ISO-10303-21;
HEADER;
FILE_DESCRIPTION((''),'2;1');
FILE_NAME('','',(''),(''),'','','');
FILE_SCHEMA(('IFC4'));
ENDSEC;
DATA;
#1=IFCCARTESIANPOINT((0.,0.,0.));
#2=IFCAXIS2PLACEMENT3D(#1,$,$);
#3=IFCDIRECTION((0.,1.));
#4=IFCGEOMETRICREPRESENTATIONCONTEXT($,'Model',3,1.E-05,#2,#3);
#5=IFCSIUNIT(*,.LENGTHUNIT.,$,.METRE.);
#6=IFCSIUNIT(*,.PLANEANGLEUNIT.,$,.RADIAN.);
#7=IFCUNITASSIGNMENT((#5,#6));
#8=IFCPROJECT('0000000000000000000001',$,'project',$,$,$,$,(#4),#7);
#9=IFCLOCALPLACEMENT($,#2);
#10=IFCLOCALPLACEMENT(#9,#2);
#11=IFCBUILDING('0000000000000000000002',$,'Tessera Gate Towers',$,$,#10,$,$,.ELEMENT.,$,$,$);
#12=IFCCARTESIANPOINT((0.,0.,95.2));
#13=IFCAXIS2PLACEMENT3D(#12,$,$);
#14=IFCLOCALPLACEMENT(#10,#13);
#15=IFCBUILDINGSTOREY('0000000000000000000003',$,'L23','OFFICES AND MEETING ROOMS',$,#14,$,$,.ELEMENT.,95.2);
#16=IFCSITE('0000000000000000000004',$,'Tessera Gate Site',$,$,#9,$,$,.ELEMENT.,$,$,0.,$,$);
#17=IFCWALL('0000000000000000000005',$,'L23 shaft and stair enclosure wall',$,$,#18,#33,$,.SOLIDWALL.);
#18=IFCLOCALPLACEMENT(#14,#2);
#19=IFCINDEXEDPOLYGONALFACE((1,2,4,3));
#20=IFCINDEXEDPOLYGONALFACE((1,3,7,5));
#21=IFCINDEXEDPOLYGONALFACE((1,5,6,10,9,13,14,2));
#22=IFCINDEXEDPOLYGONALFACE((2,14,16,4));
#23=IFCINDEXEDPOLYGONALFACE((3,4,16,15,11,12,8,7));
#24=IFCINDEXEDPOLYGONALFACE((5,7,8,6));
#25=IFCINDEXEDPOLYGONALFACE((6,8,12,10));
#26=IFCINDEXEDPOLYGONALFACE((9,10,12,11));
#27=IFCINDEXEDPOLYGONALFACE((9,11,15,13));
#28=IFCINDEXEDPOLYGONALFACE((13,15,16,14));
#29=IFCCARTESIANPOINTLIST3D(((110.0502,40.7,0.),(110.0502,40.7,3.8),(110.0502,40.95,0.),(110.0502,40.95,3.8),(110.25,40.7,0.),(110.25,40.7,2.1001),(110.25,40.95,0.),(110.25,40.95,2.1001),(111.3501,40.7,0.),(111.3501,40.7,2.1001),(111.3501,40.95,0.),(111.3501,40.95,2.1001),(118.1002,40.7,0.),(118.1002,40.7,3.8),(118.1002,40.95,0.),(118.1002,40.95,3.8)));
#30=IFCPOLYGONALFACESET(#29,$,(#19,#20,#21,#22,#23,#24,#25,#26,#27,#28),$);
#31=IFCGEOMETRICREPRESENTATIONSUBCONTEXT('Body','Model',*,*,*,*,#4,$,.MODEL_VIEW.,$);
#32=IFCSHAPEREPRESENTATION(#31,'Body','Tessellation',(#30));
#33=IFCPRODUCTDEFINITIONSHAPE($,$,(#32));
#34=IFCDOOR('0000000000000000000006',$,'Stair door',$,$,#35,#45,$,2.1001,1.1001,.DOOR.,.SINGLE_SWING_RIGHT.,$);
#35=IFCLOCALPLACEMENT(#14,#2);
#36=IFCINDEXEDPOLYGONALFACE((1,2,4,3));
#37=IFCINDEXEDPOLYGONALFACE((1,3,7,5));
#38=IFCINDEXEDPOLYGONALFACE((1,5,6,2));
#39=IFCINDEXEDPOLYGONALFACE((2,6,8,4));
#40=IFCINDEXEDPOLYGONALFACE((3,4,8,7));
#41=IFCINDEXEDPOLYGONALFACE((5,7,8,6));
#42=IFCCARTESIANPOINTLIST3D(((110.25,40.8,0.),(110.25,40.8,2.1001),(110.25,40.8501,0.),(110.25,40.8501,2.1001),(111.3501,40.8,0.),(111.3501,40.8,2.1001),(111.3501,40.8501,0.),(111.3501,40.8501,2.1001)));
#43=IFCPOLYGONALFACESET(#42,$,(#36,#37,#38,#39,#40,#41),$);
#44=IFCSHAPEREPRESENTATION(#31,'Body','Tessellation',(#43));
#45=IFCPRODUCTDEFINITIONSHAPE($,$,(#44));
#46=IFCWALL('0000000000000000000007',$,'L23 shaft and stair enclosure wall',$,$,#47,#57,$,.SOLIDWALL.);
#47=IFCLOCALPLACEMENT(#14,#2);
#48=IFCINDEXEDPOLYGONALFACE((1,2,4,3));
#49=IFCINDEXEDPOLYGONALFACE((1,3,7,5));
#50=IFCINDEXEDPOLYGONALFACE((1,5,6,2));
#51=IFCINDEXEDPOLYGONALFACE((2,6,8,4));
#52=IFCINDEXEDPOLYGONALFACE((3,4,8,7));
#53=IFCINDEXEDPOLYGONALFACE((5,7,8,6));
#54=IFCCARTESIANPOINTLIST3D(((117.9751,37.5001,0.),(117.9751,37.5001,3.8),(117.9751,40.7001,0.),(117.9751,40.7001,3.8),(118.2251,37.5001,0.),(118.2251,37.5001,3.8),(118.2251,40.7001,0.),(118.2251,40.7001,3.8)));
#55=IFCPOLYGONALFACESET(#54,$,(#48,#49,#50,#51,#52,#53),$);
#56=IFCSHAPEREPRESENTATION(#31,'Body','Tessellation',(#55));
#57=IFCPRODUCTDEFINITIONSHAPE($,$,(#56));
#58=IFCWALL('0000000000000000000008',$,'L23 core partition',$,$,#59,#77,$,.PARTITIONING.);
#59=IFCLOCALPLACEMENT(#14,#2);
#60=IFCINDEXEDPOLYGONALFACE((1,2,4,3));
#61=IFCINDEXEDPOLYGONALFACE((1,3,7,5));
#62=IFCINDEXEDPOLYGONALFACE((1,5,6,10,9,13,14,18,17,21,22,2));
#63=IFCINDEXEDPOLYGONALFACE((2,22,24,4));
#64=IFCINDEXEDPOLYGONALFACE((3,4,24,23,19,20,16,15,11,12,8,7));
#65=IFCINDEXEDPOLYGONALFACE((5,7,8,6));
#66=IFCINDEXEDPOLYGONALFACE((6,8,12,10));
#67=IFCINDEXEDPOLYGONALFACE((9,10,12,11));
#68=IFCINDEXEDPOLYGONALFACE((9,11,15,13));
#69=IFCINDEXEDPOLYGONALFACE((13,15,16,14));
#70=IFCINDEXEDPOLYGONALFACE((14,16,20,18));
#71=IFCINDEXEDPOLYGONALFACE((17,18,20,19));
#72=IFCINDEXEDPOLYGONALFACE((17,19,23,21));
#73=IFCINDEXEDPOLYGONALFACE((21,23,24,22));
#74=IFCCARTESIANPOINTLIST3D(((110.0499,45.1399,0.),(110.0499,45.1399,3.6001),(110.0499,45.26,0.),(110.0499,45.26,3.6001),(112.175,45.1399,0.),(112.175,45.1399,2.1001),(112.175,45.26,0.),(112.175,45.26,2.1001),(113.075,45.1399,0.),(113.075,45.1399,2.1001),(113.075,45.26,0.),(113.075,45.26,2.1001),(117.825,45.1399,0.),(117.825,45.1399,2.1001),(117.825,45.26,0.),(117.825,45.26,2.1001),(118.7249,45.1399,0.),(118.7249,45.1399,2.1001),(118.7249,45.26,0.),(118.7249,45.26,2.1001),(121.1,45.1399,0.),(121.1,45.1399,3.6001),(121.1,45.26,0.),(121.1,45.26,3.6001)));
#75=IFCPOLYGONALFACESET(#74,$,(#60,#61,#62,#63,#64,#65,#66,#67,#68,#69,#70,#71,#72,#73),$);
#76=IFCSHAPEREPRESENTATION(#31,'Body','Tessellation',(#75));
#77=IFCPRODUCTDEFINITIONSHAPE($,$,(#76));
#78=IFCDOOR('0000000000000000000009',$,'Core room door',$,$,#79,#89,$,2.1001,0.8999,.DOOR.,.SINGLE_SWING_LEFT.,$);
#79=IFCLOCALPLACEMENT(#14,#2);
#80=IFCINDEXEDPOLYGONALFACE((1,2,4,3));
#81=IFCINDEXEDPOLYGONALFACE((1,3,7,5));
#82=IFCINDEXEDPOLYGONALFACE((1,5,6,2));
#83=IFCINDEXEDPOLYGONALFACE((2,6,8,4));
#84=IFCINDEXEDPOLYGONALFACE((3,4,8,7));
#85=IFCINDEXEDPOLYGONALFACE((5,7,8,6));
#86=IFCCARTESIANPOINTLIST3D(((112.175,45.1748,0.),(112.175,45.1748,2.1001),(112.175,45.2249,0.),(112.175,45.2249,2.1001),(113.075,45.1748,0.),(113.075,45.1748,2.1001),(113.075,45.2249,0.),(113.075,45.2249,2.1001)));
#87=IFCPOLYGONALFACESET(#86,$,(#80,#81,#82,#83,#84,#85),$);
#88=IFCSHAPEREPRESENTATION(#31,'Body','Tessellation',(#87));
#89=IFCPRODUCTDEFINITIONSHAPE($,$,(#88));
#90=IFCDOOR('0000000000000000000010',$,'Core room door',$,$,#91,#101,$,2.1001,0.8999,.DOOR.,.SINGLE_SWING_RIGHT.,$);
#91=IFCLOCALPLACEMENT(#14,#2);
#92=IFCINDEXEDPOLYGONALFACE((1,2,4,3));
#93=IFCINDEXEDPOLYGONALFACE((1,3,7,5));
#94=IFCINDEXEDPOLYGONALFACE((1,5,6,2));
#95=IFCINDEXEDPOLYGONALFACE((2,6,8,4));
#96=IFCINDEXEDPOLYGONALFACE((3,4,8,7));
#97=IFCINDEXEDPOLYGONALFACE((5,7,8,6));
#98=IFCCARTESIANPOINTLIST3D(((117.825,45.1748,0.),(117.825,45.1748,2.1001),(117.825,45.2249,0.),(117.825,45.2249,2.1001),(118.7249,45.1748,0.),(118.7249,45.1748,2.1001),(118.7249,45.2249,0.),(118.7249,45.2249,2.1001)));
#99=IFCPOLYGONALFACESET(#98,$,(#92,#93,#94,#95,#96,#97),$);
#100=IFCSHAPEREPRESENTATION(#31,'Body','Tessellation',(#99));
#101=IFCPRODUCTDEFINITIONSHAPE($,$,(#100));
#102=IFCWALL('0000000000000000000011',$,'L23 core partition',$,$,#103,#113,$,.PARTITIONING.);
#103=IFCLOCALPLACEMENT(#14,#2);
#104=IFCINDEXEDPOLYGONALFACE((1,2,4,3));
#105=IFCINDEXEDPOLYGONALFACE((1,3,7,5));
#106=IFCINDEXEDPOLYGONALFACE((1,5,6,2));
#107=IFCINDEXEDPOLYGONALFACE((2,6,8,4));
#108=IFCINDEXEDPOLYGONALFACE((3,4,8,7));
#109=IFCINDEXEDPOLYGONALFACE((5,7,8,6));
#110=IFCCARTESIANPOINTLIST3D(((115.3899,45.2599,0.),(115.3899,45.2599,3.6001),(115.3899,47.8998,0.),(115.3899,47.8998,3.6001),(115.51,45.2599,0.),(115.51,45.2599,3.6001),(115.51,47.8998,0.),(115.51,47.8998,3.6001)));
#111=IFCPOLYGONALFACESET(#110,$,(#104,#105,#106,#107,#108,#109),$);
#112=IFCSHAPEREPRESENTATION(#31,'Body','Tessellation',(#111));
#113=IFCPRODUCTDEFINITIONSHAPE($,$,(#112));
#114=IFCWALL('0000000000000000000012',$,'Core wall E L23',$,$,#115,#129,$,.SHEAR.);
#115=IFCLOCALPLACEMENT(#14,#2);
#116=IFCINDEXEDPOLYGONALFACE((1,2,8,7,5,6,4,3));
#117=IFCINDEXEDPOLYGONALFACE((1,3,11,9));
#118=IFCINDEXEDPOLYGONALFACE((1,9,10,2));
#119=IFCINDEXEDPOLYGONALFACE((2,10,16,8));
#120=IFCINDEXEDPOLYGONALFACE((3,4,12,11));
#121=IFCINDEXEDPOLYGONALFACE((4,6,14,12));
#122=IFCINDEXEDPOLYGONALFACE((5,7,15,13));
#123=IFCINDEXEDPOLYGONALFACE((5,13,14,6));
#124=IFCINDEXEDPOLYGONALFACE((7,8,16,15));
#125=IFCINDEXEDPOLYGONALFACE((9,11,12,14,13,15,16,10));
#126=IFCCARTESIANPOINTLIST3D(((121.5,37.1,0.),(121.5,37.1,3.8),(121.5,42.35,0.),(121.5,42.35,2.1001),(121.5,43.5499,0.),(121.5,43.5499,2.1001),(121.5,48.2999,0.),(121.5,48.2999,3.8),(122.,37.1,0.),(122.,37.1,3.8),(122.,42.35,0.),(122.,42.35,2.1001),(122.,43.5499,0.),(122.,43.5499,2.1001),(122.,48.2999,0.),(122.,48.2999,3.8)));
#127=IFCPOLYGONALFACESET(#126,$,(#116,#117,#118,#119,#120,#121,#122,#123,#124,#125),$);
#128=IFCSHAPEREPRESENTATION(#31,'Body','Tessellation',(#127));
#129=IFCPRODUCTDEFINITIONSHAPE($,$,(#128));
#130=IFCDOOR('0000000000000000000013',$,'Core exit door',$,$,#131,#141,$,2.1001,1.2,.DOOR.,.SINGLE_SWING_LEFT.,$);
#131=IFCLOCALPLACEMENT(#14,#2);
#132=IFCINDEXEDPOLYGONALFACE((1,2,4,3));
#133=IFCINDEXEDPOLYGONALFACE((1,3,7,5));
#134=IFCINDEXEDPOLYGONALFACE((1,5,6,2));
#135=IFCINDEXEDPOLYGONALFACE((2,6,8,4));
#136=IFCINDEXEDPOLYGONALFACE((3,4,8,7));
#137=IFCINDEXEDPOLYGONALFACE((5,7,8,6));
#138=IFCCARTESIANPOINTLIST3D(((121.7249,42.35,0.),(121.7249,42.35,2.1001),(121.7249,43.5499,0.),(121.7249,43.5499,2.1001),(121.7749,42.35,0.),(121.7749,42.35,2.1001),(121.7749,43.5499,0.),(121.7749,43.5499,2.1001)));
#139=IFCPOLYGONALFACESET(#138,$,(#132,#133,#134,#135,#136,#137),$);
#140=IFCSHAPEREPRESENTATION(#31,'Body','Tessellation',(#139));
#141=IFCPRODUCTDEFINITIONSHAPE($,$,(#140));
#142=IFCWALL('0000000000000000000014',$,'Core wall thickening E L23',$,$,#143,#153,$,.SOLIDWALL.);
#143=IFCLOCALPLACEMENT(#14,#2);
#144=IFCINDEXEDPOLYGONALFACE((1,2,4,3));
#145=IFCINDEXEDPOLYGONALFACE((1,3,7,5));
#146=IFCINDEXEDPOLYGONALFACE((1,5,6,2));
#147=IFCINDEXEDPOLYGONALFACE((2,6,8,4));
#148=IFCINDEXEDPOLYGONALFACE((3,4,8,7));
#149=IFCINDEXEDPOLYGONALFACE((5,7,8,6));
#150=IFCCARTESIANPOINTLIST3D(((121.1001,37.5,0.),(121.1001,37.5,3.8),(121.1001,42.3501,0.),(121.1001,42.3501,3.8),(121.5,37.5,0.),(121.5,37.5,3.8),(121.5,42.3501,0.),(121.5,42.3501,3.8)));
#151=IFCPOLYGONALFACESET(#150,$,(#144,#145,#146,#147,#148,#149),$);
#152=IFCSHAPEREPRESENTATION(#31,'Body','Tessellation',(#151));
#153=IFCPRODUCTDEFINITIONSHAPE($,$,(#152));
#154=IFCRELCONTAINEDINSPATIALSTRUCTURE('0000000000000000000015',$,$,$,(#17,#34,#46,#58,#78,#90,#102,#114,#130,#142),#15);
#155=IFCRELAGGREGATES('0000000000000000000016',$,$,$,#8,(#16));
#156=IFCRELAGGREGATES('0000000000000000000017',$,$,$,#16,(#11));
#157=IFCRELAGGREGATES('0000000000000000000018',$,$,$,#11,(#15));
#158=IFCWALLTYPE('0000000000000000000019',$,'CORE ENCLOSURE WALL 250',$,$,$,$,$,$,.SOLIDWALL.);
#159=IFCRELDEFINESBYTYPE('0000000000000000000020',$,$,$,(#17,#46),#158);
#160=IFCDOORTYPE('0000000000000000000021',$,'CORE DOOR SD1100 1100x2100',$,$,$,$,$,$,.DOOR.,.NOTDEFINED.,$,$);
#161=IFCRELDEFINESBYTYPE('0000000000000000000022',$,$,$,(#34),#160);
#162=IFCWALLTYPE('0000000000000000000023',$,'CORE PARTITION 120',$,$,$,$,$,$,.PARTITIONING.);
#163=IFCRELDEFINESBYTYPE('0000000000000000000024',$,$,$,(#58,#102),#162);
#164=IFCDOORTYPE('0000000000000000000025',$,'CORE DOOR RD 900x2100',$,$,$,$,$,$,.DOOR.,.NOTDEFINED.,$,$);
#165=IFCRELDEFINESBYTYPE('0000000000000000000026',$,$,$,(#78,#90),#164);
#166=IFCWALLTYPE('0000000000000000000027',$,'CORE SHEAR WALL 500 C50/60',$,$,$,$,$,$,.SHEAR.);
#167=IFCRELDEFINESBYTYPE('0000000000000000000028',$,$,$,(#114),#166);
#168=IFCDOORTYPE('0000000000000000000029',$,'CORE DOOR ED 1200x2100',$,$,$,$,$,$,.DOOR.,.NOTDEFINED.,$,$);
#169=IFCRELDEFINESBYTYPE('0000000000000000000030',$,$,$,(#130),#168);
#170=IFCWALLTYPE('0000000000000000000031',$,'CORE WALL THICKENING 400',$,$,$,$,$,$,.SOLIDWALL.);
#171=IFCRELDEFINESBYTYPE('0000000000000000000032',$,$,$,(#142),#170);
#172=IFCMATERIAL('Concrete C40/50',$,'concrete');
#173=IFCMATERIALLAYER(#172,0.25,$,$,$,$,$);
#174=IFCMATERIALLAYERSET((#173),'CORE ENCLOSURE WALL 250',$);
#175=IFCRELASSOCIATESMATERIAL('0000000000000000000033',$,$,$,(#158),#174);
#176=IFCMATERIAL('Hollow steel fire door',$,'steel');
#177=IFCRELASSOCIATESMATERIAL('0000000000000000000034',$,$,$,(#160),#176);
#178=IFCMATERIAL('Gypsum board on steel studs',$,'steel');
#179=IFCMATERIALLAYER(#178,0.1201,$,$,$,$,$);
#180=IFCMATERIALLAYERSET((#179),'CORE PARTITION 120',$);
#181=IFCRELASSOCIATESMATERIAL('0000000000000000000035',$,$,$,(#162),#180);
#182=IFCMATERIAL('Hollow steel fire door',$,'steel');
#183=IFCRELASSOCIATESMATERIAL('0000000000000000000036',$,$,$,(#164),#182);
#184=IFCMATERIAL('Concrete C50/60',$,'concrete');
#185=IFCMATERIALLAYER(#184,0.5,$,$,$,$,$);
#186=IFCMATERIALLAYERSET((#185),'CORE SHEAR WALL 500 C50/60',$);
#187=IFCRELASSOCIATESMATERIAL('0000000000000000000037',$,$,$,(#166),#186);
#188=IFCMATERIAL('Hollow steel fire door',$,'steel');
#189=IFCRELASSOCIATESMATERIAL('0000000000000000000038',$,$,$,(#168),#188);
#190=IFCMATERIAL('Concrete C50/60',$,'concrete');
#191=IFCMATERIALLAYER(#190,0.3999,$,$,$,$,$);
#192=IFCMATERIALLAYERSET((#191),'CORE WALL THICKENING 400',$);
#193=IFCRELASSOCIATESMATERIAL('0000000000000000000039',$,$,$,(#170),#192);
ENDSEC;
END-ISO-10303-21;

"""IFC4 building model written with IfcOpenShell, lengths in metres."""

from ifc_helpers import new_model, si_unit, direction, frame, frame_2d, origin, place, context, subcontext, project, spatial, rectangle, extrude, source, transform, mapped, material, layer, layer_set, type_object, element, fill, save


model = new_model("IFC4")

# Units and contexts
model_context = context("Model", 3, precision=1e-05, world=origin(), true_north=direction((0.0, 1.0)))
body_context = subcontext(model_context, "Body", "Model", "MODEL_VIEW")
ifc_project = project(units=[si_unit("LENGTHUNIT", "METRE"), si_unit("PLANEANGLEUNIT", "RADIAN")], contexts=[model_context])

# Site, building, storey
site_placement = place(None, origin())
site = spatial("IfcSite", under=ifc_project, at=site_placement, Name="Tessera Gate Site", CompositionType="ELEMENT", RefElevation=0.0)
building_placement = place(site_placement, origin())
building = spatial("IfcBuilding", under=site, at=building_placement, Name="Tessera Gate Towers", CompositionType="ELEMENT")
storey_placement = place(building_placement, frame((0.0, 0.0, 95.2)))
storey = spatial("IfcBuildingStorey", under=building, at=storey_placement, Name="L23", Description="OFFICES AND MEETING ROOMS", CompositionType="ELEMENT", Elevation=95.2)

# Wall, opening, door
ifc_material_1 = material(Name="Concrete C40/50", Category="concrete")
ifc_layer_1 = layer(ifc_material_1, 0.25)
ifc_layer_set_1 = layer_set([ifc_layer_1], Name="CORE ENCLOSURE WALL 250")
wall_type_1 = type_object("IfcWallType", Name="CORE ENCLOSURE WALL 250", PredefinedType="SOLIDWALL", material=ifc_layer_set_1)
wall_1_placement = place(storey_placement, frame((118.1001, 40.825, 0.0), z_axis=(0.0, 0.0, 1.0), x_axis=(-1.0, 0.0, 0.0)))
wall_1 = element("IfcWall", 1, at=wall_1_placement, inside=storey, type_object=wall_type_1, Name="L23 shaft and stair enclosure wall", PredefinedType="SOLIDWALL", context=body_context, shape_type="SweptSolid", body=[
    extrude(rectangle(XDim=8.05, YDim=0.25, at=frame_2d((4.0249, 0.0))), origin(), (0.0, 0.0, 1.0), 3.8),
])
shared_shape_1 = source(origin(), body_context, "Body", "SweptSolid", [
    extrude(rectangle(XDim=1.1001, YDim=2.1001, at=frame_2d((0.55, 1.05))), frame((0.0, 0.135, 0.0), z_axis=(0.0, -1.0, 0.0), x_axis=(1.0, 0.0, 0.0)), (0.0, 0.0, 1.0), 0.27),
])
opening_1_placement = place(wall_1_placement, frame((6.75, 0.0, 0.0)))
opening_1 = element("IfcOpeningElement", 2, at=opening_1_placement, cuts=wall_1, PredefinedType="OPENING", context=body_context, shape_type="MappedRepresentation", body=[
    mapped(shared_shape_1, transform((0.0, 0.0, 0.0), scale=1.0)),
])
ifc_material_2 = material(Name="Hollow steel fire door", Category="steel")
door_type_1 = type_object("IfcDoorType", Name="CORE DOOR SD1100 1100x2100", OperationType="NOTDEFINED", PredefinedType="DOOR", material=ifc_material_2)
shared_shape_2 = source(origin(), body_context, "Body", "SweptSolid", [
    extrude(rectangle(XDim=1.1001, YDim=2.1001, at=frame_2d((0.55, 1.05))), frame((0.0, 0.0249, 0.0), z_axis=(0.0, -1.0, 0.0), x_axis=(1.0, 0.0, 0.0)), (0.0, 0.0, 1.0), 0.05),
])
door_1_placement = place(opening_1_placement, origin())
door_1 = element("IfcDoor", 3, at=door_1_placement, inside=storey, type_object=door_type_1, Name="Stair door", OperationType="SINGLE_SWING_RIGHT", OverallHeight=2.1001, OverallWidth=1.1001, PredefinedType="DOOR", context=body_context, shape_type="MappedRepresentation", body=[
    mapped(shared_shape_2, transform((0.0, 0.0, 0.0), scale=1.0)),
])
fill(opening_1, door_1)

# Wall
wall_2_placement = place(storey_placement, frame((118.1001, 37.5, 0.0), z_axis=(0.0, 0.0, 1.0), x_axis=(0.0, 1.0, 0.0)))
element("IfcWall", 4, at=wall_2_placement, inside=storey, type_object=wall_type_1, Name="L23 shaft and stair enclosure wall", PredefinedType="SOLIDWALL", context=body_context, shape_type="SweptSolid", body=[
    extrude(rectangle(XDim=3.2, YDim=0.25, at=frame_2d((1.6001, 0.0))), origin(), (0.0, 0.0, 1.0), 3.8),
])

# Wall, openings, doors
ifc_material_3 = material(Name="Gypsum board on steel studs", Category="steel")
ifc_layer_2 = layer(ifc_material_3, 0.1201)
ifc_layer_set_2 = layer_set([ifc_layer_2], Name="CORE PARTITION 120")
wall_type_2 = type_object("IfcWallType", Name="CORE PARTITION 120", PredefinedType="PARTITIONING", material=ifc_layer_set_2)
wall_3_placement = place(storey_placement, frame((110.05, 45.2, 0.0), z_axis=(0.0, 0.0, 1.0), x_axis=(1.0, 0.0, 0.0)))
wall_3 = element("IfcWall", 5, at=wall_3_placement, inside=storey, type_object=wall_type_2, Name="L23 core partition", PredefinedType="PARTITIONING", context=body_context, shape_type="SweptSolid", body=[
    extrude(rectangle(XDim=11.05, YDim=0.1201, at=frame_2d((5.5249, 0.0))), origin(), (0.0, 0.0, 1.0), 3.6001),
])
shared_shape_3 = source(origin(), body_context, "Body", "SweptSolid", [
    extrude(rectangle(XDim=0.8999, YDim=2.1001, at=frame_2d((0.45, 1.05))), frame((0.0, 0.0701, 0.0), z_axis=(0.0, -1.0, 0.0), x_axis=(1.0, 0.0, 0.0)), (0.0, 0.0, 1.0), 0.1401),
])
opening_2_placement = place(wall_3_placement, frame((2.125, 0.0, 0.0)))
opening_2 = element("IfcOpeningElement", 6, at=opening_2_placement, cuts=wall_3, PredefinedType="OPENING", context=body_context, shape_type="MappedRepresentation", body=[
    mapped(shared_shape_3, transform((0.0, 0.0, 0.0), scale=1.0)),
])
opening_3_placement = place(wall_3_placement, frame((7.7749, 0.0, 0.0)))
opening_3 = element("IfcOpeningElement", 7, at=opening_3_placement, cuts=wall_3, PredefinedType="OPENING", context=body_context, shape_type="MappedRepresentation", body=[
    mapped(shared_shape_3, transform((0.0, 0.0, 0.0), scale=1.0)),
])
ifc_material_4 = material(Name="Hollow steel fire door", Category="steel")
door_type_2 = type_object("IfcDoorType", Name="CORE DOOR RD 900x2100", OperationType="NOTDEFINED", PredefinedType="DOOR", material=ifc_material_4)
shared_shape_4 = source(origin(), body_context, "Body", "SweptSolid", [
    extrude(rectangle(XDim=0.8999, YDim=2.1001, at=frame_2d((0.45, 1.05))), frame((0.0, 0.0249, 0.0), z_axis=(0.0, -1.0, 0.0), x_axis=(1.0, 0.0, 0.0)), (0.0, 0.0, 1.0), 0.05),
])
door_2_placement = place(opening_2_placement, origin())
door_2 = element("IfcDoor", 8, at=door_2_placement, inside=storey, type_object=door_type_2, Name="Core room door", OperationType="SINGLE_SWING_LEFT", OverallHeight=2.1001, OverallWidth=0.8999, PredefinedType="DOOR", context=body_context, shape_type="MappedRepresentation", body=[
    mapped(shared_shape_4, transform((0.0, 0.0, 0.0), scale=1.0)),
])
fill(opening_2, door_2)
door_3_placement = place(opening_3_placement, origin())
door_3 = element("IfcDoor", 9, at=door_3_placement, inside=storey, type_object=door_type_2, Name="Core room door", OperationType="SINGLE_SWING_RIGHT", OverallHeight=2.1001, OverallWidth=0.8999, PredefinedType="DOOR", context=body_context, shape_type="MappedRepresentation", body=[
    mapped(shared_shape_4, transform((0.0, 0.0, 0.0), scale=1.0)),
])
fill(opening_3, door_3)

# Wall
wall_4_placement = place(storey_placement, frame((115.45, 45.26, 0.0), z_axis=(0.0, 0.0, 1.0), x_axis=(0.0, 1.0, 0.0)))
element("IfcWall", 10, at=wall_4_placement, inside=storey, type_object=wall_type_2, Name="L23 core partition", PredefinedType="PARTITIONING", context=body_context, shape_type="SweptSolid", body=[
    extrude(rectangle(XDim=2.6399, YDim=0.1201, at=frame_2d((1.3198, 0.0))), origin(), (0.0, 0.0, 1.0), 3.6001),
])

# Wall, opening, door
ifc_material_5 = material(Name="Concrete C50/60", Category="concrete")
ifc_layer_3 = layer(ifc_material_5, 0.5)
ifc_layer_set_3 = layer_set([ifc_layer_3], Name="CORE SHEAR WALL 500 C50/60")
wall_type_3 = type_object("IfcWallType", Name="CORE SHEAR WALL 500 C50/60", PredefinedType="SHEAR", material=ifc_layer_set_3)
wall_5_placement = place(storey_placement, frame((121.75, 48.3, 0.0), z_axis=(0.0, 0.0, 1.0), x_axis=(0.0, -1.0, 0.0)))
wall_5 = element("IfcWall", 11, at=wall_5_placement, inside=storey, type_object=wall_type_3, Name="Core wall E L23", PredefinedType="SHEAR", context=body_context, shape_type="SweptSolid", body=[
    extrude(rectangle(XDim=11.2, YDim=0.5, at=frame_2d((5.6001, 0.0))), origin(), (0.0, 0.0, 1.0), 3.8),
])
shared_shape_5 = source(origin(), body_context, "Body", "SweptSolid", [
    extrude(rectangle(XDim=1.2, YDim=2.1001, at=frame_2d((0.6001, 1.05))), frame((0.0, 0.26, 0.0), z_axis=(0.0, -1.0, 0.0), x_axis=(1.0, 0.0, 0.0)), (0.0, 0.0, 1.0), 0.52),
])
opening_4_placement = place(wall_5_placement, frame((4.75, 0.0, 0.0)))
opening_4 = element("IfcOpeningElement", 12, at=opening_4_placement, cuts=wall_5, PredefinedType="OPENING", context=body_context, shape_type="MappedRepresentation", body=[
    mapped(shared_shape_5, transform((0.0, 0.0, 0.0), scale=1.0)),
])
ifc_material_6 = material(Name="Hollow steel fire door", Category="steel")
door_type_3 = type_object("IfcDoorType", Name="CORE DOOR ED 1200x2100", OperationType="NOTDEFINED", PredefinedType="DOOR", material=ifc_material_6)
shared_shape_6 = source(origin(), body_context, "Body", "SweptSolid", [
    extrude(rectangle(XDim=1.2, YDim=2.1001, at=frame_2d((0.6001, 1.05))), frame((0.0, 0.0249, 0.0), z_axis=(0.0, -1.0, 0.0), x_axis=(1.0, 0.0, 0.0)), (0.0, 0.0, 1.0), 0.05),
])
door_4_placement = place(opening_4_placement, origin())
door_4 = element("IfcDoor", 13, at=door_4_placement, inside=storey, type_object=door_type_3, Name="Core exit door", OperationType="SINGLE_SWING_LEFT", OverallHeight=2.1001, OverallWidth=1.2, PredefinedType="DOOR", context=body_context, shape_type="MappedRepresentation", body=[
    mapped(shared_shape_6, transform((0.0, 0.0, 0.0), scale=1.0)),
])
fill(opening_4, door_4)

# Wall
ifc_material_7 = material(Name="Concrete C50/60", Category="concrete")
ifc_layer_4 = layer(ifc_material_7, 0.3999)
ifc_layer_set_4 = layer_set([ifc_layer_4], Name="CORE WALL THICKENING 400")
wall_type_4 = type_object("IfcWallType", Name="CORE WALL THICKENING 400", PredefinedType="SOLIDWALL", material=ifc_layer_set_4)
wall_6_placement = place(storey_placement, frame((121.3, 37.5, 0.0), z_axis=(0.0, 0.0, 1.0), x_axis=(0.0, 1.0, 0.0)))
element("IfcWall", 14, at=wall_6_placement, inside=storey, type_object=wall_type_4, Name="Core wall thickening E L23", PredefinedType="SOLIDWALL", context=body_context, shape_type="SweptSolid", body=[
    extrude(rectangle(XDim=4.8501, YDim=0.3999, at=frame_2d((2.425, 0.0))), origin(), (0.0, 0.0, 1.0), 3.8),
])

save(model, "model.ifc")
